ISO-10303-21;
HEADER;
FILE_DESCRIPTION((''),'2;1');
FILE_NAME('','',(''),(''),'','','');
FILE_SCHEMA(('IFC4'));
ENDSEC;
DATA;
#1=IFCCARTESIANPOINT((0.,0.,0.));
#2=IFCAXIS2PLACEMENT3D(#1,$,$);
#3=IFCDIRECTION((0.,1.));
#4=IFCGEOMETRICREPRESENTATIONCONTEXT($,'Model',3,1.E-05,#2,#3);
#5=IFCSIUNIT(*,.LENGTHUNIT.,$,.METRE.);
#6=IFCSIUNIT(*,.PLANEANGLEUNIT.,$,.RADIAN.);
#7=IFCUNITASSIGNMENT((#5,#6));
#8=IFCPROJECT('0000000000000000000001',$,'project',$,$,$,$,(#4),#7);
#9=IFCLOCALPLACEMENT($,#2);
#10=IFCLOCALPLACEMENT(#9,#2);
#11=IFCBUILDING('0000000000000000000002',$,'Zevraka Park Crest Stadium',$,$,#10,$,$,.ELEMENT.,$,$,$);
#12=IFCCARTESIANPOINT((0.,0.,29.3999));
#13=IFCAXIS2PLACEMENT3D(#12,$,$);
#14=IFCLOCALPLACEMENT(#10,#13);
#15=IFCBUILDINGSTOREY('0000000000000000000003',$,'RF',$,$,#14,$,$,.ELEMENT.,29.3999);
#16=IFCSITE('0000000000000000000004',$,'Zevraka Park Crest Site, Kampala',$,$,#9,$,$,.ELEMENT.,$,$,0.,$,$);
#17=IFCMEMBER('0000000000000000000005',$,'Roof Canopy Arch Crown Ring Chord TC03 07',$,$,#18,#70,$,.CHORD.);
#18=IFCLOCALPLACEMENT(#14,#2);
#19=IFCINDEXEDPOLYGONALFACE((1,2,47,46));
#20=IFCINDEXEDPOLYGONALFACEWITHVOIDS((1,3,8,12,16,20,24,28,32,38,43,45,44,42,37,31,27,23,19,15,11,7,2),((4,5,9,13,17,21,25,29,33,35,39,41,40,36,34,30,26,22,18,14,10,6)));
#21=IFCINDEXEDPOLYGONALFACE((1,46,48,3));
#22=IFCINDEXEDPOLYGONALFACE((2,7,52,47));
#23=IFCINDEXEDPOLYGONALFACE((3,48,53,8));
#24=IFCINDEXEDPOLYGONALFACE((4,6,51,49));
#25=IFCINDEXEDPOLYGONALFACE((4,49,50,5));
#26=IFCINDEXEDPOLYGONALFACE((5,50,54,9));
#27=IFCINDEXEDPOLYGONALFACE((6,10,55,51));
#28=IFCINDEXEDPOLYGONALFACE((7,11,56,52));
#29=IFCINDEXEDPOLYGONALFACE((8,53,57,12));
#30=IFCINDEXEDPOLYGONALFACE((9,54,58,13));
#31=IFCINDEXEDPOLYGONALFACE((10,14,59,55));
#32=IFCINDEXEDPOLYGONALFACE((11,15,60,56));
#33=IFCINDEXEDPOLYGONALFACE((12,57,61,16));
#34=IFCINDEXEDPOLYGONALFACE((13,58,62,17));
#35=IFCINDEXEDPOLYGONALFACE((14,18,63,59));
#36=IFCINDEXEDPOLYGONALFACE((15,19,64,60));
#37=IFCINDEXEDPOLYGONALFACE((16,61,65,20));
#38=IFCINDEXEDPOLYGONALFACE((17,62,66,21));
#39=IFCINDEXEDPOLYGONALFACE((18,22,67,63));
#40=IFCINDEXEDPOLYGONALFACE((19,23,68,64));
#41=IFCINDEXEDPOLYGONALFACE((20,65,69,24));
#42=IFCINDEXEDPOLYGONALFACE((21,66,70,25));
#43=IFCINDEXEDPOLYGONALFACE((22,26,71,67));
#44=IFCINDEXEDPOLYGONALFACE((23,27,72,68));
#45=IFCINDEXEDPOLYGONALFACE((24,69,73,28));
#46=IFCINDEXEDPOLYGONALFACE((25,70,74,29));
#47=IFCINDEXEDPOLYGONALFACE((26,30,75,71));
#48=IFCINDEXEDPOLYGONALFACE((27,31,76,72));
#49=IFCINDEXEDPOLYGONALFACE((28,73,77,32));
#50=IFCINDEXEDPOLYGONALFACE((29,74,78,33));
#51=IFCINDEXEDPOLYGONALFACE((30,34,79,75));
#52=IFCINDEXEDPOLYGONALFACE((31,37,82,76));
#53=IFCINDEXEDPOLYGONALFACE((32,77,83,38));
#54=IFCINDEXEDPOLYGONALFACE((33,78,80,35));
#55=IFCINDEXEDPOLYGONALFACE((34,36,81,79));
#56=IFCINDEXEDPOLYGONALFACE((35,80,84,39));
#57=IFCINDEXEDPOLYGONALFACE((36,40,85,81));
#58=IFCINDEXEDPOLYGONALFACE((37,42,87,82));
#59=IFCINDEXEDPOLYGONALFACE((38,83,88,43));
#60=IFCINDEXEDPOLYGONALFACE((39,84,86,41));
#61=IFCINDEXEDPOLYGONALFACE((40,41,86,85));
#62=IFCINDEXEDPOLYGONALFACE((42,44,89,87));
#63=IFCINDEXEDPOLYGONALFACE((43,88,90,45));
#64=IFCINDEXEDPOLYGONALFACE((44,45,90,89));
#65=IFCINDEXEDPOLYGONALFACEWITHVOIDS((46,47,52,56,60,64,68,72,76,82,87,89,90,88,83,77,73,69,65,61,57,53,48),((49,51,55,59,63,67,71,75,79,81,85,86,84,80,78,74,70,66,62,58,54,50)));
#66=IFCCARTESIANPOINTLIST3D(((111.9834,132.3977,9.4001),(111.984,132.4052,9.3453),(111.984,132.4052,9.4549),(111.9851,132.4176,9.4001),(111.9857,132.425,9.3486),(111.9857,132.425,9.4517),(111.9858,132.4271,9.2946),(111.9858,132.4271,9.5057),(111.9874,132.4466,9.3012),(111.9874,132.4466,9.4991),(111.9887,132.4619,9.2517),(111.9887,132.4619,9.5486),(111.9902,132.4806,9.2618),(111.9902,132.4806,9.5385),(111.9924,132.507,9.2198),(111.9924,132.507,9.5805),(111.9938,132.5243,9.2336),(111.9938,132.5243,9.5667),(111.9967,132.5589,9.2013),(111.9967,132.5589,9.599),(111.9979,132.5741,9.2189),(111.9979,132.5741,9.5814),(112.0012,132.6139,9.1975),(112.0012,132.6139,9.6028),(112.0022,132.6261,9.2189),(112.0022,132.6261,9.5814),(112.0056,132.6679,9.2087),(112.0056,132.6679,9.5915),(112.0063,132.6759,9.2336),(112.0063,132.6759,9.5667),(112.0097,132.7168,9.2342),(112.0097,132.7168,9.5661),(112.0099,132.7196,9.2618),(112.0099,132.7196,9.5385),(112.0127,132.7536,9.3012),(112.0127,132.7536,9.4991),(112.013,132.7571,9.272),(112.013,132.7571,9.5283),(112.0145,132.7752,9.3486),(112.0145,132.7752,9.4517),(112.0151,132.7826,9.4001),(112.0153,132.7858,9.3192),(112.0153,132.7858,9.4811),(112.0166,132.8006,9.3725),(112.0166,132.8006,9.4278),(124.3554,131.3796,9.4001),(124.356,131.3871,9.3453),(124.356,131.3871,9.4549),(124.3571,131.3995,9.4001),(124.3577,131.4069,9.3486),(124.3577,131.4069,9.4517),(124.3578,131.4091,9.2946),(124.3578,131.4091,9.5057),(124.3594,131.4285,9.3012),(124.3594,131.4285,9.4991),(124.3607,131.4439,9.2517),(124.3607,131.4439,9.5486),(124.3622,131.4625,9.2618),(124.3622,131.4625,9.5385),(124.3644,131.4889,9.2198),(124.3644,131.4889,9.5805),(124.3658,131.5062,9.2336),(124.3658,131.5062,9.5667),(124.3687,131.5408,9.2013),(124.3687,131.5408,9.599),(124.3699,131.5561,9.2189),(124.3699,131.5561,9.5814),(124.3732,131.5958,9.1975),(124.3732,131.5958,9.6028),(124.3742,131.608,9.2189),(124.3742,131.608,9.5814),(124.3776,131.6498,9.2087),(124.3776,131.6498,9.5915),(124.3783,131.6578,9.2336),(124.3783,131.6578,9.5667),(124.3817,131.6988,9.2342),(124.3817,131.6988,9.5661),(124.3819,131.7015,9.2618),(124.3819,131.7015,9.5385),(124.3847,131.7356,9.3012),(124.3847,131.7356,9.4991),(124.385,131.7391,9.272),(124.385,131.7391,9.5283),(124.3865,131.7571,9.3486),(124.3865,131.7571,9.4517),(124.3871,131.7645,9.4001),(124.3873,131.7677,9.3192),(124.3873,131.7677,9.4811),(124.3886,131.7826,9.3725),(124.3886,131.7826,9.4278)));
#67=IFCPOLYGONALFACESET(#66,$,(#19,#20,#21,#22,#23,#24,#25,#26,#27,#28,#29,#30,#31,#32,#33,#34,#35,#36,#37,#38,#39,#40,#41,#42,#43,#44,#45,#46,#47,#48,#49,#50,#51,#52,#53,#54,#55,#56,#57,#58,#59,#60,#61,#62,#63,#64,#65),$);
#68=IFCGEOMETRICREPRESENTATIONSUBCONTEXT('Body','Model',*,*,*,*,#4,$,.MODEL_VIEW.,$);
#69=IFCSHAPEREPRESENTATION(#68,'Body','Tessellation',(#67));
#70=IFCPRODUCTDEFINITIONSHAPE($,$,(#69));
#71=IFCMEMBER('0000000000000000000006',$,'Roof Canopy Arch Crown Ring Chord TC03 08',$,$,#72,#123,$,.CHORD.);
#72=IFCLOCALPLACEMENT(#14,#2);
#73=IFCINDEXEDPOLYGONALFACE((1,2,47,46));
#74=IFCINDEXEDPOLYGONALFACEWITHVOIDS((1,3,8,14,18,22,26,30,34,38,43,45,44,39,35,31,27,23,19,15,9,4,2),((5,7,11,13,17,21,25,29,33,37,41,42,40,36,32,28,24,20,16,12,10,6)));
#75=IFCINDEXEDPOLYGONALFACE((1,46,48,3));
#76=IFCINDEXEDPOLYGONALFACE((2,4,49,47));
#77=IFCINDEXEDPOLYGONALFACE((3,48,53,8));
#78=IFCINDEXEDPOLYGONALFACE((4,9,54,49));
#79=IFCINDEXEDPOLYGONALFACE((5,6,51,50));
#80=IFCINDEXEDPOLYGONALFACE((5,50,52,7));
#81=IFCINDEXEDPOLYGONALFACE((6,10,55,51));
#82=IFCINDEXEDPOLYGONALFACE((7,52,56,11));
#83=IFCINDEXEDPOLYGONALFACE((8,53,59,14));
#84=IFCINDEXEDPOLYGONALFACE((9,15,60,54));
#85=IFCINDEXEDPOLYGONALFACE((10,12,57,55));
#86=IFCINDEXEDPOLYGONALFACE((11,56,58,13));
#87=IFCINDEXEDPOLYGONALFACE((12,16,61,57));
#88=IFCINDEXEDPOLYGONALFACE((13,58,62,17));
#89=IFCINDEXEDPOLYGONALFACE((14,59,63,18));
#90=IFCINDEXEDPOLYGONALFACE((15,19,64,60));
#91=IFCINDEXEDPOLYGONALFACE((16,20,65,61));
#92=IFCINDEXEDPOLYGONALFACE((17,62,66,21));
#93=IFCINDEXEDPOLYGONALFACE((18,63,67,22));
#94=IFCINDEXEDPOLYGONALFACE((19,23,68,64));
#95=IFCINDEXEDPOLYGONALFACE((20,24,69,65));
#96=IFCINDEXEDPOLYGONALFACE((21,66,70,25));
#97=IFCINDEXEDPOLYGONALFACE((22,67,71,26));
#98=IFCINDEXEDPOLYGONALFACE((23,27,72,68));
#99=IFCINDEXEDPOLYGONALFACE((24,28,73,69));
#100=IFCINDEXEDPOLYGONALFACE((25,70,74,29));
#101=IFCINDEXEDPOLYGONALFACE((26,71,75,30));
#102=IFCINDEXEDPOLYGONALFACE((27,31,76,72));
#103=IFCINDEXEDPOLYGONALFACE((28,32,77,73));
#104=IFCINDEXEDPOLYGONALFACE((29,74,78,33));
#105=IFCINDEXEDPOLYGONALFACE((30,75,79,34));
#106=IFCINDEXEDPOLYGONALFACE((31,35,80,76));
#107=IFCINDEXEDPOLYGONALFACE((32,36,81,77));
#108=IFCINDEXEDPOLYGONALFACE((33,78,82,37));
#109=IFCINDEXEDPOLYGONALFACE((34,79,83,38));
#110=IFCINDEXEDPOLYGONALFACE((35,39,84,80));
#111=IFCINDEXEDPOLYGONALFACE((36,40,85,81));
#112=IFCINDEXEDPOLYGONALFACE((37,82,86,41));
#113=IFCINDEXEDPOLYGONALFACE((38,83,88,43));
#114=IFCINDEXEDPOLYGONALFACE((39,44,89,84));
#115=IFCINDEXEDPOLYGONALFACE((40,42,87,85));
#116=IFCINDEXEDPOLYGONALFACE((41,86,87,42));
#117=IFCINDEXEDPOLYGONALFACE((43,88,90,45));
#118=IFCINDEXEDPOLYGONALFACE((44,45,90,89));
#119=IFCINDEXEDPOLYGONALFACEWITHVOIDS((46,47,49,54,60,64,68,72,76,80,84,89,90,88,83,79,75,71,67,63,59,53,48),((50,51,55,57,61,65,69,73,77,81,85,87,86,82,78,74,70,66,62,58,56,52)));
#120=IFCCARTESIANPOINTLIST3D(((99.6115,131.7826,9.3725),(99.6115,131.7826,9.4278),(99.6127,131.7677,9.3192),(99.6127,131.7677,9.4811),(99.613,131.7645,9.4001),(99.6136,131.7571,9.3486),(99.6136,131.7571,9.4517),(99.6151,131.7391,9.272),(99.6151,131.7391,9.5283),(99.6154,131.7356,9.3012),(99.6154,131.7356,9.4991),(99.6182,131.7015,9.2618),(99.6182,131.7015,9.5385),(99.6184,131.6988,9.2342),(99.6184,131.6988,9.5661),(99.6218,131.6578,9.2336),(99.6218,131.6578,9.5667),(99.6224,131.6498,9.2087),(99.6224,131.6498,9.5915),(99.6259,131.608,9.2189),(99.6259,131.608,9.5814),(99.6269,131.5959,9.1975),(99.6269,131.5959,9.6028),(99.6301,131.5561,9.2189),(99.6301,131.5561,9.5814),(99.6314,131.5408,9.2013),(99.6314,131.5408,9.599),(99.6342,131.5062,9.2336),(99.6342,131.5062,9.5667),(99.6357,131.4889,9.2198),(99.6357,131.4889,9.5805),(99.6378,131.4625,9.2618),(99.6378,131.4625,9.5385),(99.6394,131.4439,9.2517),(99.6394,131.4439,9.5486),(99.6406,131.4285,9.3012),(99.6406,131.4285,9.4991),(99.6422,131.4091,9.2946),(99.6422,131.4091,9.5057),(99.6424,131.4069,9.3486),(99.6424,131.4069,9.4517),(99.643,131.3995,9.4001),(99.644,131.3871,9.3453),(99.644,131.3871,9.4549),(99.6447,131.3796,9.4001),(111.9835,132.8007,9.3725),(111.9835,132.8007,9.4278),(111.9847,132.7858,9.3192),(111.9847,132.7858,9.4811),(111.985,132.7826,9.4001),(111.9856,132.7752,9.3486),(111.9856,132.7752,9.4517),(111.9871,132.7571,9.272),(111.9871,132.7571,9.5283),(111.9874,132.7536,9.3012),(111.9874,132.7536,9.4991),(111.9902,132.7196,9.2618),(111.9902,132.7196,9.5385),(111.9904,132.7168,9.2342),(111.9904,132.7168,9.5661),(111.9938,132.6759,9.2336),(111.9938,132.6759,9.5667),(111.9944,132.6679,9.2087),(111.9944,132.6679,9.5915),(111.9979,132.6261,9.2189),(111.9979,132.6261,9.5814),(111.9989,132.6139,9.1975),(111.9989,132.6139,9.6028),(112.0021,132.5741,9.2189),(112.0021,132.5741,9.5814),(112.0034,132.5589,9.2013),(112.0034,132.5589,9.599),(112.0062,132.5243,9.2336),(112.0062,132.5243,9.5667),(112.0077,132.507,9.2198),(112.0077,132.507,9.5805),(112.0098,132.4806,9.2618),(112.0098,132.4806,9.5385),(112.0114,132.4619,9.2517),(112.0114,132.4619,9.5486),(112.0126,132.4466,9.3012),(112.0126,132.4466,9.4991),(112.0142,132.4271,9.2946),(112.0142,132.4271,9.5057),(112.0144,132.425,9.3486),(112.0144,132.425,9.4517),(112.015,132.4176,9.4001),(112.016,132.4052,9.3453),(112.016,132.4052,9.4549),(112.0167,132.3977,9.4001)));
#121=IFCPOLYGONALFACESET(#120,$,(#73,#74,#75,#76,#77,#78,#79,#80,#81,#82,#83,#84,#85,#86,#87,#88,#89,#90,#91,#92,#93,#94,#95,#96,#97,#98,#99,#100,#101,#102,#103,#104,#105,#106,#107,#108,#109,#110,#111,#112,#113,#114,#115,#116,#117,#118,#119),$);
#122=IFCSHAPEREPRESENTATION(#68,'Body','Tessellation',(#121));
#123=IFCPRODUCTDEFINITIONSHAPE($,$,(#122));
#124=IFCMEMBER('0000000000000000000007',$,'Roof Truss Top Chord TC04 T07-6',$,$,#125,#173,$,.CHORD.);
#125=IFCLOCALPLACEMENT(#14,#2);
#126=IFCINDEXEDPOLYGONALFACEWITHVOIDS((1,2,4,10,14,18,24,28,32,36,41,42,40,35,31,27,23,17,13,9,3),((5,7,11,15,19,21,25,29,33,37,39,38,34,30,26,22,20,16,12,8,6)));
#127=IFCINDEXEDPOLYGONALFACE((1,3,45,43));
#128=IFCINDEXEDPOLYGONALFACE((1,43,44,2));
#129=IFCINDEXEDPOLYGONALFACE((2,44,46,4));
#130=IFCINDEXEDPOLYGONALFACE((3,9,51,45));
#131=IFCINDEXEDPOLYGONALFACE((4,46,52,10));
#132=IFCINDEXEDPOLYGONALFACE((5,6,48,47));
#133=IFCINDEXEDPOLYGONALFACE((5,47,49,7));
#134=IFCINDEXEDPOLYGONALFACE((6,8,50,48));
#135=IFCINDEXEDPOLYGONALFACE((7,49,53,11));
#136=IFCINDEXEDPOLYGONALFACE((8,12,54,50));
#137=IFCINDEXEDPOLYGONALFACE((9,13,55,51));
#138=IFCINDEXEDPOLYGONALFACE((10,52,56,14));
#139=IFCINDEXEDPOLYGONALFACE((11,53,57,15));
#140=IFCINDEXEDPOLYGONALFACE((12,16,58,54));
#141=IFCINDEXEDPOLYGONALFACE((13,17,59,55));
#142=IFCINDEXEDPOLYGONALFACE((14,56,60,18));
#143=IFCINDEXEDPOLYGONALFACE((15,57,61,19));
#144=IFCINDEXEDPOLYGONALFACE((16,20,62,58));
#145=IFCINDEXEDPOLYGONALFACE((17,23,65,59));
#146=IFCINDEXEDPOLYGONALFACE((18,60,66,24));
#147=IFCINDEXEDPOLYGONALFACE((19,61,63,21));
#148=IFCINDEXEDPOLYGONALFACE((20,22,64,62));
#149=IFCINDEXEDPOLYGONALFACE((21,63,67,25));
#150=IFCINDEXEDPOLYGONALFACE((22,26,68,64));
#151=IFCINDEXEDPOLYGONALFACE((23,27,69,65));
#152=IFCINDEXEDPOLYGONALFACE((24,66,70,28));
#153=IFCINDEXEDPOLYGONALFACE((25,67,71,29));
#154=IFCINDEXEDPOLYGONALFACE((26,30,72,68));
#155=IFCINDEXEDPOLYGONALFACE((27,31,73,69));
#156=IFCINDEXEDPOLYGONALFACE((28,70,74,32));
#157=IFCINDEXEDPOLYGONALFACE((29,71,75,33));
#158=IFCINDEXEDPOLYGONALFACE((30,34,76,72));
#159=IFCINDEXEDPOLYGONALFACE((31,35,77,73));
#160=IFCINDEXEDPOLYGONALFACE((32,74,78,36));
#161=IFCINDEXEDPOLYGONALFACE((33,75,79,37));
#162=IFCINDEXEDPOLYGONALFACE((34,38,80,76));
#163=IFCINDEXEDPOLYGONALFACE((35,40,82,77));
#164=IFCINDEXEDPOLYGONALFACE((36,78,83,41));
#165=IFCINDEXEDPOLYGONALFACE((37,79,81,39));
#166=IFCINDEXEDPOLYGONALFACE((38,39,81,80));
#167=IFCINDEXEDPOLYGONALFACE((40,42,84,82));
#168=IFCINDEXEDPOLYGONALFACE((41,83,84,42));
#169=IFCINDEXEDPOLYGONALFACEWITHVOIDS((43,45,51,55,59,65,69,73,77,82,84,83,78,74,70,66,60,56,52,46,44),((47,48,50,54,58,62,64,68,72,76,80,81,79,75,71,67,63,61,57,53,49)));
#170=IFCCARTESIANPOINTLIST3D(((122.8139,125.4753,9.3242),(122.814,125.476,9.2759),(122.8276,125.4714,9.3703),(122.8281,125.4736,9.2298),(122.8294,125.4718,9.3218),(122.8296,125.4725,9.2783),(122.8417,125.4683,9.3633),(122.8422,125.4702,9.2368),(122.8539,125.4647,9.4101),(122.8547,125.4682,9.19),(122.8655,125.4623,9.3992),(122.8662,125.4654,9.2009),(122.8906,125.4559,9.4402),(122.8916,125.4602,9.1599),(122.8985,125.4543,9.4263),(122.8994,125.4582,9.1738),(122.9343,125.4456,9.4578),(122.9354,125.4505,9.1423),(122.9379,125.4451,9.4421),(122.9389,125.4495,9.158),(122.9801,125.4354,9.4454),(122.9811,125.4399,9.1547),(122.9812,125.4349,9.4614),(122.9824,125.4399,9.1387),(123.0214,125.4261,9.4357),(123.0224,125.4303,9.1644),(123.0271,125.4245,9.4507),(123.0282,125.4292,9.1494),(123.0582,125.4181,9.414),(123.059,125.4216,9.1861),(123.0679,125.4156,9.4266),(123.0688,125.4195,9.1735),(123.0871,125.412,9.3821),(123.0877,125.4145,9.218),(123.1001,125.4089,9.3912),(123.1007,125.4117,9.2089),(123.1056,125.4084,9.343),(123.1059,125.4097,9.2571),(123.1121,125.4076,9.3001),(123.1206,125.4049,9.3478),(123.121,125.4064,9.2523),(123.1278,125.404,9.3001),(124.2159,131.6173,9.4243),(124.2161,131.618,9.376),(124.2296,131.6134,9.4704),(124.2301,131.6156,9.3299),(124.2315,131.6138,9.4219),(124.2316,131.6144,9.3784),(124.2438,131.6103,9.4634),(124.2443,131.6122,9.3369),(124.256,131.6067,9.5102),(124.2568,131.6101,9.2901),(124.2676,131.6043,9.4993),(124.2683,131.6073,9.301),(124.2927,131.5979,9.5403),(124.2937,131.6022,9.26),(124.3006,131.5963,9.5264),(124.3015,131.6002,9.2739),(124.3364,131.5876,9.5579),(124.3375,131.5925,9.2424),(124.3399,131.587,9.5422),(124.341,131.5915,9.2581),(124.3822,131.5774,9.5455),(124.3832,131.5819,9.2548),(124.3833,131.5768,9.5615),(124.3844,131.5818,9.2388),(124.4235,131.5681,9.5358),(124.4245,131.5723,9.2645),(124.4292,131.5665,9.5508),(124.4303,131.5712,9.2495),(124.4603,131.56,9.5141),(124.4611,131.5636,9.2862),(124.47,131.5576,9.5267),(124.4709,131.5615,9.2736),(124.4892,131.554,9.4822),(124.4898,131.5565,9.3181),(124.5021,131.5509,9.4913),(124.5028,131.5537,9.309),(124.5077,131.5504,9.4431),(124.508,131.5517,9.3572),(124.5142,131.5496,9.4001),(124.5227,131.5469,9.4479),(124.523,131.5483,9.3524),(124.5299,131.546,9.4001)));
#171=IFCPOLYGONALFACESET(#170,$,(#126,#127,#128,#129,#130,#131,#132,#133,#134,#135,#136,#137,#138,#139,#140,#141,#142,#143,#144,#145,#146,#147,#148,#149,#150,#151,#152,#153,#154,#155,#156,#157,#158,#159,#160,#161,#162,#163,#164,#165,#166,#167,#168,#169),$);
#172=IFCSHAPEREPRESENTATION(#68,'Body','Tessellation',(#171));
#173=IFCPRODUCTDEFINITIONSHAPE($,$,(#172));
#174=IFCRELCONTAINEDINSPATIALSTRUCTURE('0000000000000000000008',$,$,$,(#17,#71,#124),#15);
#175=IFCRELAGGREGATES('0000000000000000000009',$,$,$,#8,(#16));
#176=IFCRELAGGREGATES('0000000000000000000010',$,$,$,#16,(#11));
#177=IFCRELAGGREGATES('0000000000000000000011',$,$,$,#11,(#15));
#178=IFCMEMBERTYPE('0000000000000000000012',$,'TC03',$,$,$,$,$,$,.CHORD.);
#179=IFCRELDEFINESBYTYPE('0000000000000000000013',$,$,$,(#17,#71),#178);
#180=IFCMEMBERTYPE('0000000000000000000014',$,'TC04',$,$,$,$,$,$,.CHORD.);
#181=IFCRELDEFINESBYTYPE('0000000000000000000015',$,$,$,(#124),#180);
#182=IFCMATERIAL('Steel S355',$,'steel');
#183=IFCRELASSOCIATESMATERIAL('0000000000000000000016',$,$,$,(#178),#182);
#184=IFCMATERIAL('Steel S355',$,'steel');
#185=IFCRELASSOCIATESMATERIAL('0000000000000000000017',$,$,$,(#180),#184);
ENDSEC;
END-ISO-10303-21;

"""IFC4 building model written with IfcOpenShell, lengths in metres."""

from ifc_helpers import new_model, si_unit, direction, frame, origin, origin_2d, place, context, subcontext, project, spatial, hollow_circle, extrude, material, material_profile, profile_set, type_object, element, save


model = new_model("IFC4")

# Units and contexts
model_context = context("Model", 3, precision=1e-05, world=origin(), true_north=direction((0.0, 1.0)))
body_context = subcontext(model_context, "Body", "Model", "MODEL_VIEW")
ifc_project = project(units=[si_unit("LENGTHUNIT", "METRE"), si_unit("PLANEANGLEUNIT", "RADIAN")], contexts=[model_context])

# Site, building, storey
site_placement = place(None, origin())
site = spatial("IfcSite", under=ifc_project, at=site_placement, Name="Zevraka Park Crest Site, Kampala", CompositionType="ELEMENT", RefElevation=0.0)
building_placement = place(site_placement, origin())
building = spatial("IfcBuilding", under=site, at=building_placement, Name="Zevraka Park Crest Stadium", CompositionType="ELEMENT")
storey_placement = place(building_placement, frame((0.0, 0.0, 29.3999)))
storey = spatial("IfcBuildingStorey", under=building, at=storey_placement, Name="RF", CompositionType="ELEMENT", Elevation=29.3999)

# Members
ifc_material_1 = material(Name="Steel S355", Category="steel")
ifc_material_profile_1 = material_profile(ifc_material_1, hollow_circle(Radius=0.2031, WallThickness=0.02, at=origin_2d()), Name="CHS 406.4x20")
ifc_profile_set_1 = profile_set([ifc_material_profile_1], Name="Steel S355")
member_type_1 = type_object("IfcMemberType", Name="TC03", PredefinedType="CHORD", material=ifc_profile_set_1)
for number, where, z_axis, x_axis, name in (
    (1, (124.3721, 131.582, 9.4001), (-0.996631, 0.08201, 0.0), (-0.08201, -0.996631, 0.0), "Roof Canopy Arch Crown Ring Chord TC03 07"),
    (2, (112.0, 132.6001, 9.4001), (-0.996631, -0.08201, 0.0), (0.08201, -0.996631, 0.0), "Roof Canopy Arch Crown Ring Chord TC03 08"),
):
    element("IfcMember", number, at=place(storey_placement, frame(where, z_axis=z_axis, x_axis=x_axis)), inside=storey, type_object=member_type_1, Name=name, PredefinedType="CHORD", context=body_context, shape_type="SweptSolid", body=[
        extrude(hollow_circle(Radius=0.2031, WallThickness=0.02, at=origin_2d()), origin(), (0.0, 0.0, 1.0), 12.4138),
    ])
ifc_material_2 = material(Name="Steel S355", Category="steel")
ifc_material_profile_2 = material_profile(ifc_material_2, hollow_circle(Radius=0.1619, WallThickness=0.0161, at=origin_2d()), Name="CHS 323.9x16")
ifc_profile_set_2 = profile_set([ifc_material_profile_2], Name="Steel S355")
member_type_2 = type_object("IfcMemberType", Name="TC04", PredefinedType="CHORD", material=ifc_profile_set_2)
member_1_placement = place(storey_placement, frame((124.3721, 131.582, 9.4001), z_axis=(-0.222524, -0.974798, -0.015886), x_axis=(0.974921, -0.222552, 0.0)))
element("IfcMember", 3, at=member_1_placement, inside=storey, type_object=member_type_2, Name="Roof Truss Top Chord TC04 T07-6", PredefinedType="CHORD", context=body_context, shape_type="SweptSolid", body=[
    extrude(hollow_circle(Radius=0.1619, WallThickness=0.0161, at=origin_2d()), origin(), (0.0, 0.0, 1.0), 6.3008),
])

save(model, "model.ifc")
